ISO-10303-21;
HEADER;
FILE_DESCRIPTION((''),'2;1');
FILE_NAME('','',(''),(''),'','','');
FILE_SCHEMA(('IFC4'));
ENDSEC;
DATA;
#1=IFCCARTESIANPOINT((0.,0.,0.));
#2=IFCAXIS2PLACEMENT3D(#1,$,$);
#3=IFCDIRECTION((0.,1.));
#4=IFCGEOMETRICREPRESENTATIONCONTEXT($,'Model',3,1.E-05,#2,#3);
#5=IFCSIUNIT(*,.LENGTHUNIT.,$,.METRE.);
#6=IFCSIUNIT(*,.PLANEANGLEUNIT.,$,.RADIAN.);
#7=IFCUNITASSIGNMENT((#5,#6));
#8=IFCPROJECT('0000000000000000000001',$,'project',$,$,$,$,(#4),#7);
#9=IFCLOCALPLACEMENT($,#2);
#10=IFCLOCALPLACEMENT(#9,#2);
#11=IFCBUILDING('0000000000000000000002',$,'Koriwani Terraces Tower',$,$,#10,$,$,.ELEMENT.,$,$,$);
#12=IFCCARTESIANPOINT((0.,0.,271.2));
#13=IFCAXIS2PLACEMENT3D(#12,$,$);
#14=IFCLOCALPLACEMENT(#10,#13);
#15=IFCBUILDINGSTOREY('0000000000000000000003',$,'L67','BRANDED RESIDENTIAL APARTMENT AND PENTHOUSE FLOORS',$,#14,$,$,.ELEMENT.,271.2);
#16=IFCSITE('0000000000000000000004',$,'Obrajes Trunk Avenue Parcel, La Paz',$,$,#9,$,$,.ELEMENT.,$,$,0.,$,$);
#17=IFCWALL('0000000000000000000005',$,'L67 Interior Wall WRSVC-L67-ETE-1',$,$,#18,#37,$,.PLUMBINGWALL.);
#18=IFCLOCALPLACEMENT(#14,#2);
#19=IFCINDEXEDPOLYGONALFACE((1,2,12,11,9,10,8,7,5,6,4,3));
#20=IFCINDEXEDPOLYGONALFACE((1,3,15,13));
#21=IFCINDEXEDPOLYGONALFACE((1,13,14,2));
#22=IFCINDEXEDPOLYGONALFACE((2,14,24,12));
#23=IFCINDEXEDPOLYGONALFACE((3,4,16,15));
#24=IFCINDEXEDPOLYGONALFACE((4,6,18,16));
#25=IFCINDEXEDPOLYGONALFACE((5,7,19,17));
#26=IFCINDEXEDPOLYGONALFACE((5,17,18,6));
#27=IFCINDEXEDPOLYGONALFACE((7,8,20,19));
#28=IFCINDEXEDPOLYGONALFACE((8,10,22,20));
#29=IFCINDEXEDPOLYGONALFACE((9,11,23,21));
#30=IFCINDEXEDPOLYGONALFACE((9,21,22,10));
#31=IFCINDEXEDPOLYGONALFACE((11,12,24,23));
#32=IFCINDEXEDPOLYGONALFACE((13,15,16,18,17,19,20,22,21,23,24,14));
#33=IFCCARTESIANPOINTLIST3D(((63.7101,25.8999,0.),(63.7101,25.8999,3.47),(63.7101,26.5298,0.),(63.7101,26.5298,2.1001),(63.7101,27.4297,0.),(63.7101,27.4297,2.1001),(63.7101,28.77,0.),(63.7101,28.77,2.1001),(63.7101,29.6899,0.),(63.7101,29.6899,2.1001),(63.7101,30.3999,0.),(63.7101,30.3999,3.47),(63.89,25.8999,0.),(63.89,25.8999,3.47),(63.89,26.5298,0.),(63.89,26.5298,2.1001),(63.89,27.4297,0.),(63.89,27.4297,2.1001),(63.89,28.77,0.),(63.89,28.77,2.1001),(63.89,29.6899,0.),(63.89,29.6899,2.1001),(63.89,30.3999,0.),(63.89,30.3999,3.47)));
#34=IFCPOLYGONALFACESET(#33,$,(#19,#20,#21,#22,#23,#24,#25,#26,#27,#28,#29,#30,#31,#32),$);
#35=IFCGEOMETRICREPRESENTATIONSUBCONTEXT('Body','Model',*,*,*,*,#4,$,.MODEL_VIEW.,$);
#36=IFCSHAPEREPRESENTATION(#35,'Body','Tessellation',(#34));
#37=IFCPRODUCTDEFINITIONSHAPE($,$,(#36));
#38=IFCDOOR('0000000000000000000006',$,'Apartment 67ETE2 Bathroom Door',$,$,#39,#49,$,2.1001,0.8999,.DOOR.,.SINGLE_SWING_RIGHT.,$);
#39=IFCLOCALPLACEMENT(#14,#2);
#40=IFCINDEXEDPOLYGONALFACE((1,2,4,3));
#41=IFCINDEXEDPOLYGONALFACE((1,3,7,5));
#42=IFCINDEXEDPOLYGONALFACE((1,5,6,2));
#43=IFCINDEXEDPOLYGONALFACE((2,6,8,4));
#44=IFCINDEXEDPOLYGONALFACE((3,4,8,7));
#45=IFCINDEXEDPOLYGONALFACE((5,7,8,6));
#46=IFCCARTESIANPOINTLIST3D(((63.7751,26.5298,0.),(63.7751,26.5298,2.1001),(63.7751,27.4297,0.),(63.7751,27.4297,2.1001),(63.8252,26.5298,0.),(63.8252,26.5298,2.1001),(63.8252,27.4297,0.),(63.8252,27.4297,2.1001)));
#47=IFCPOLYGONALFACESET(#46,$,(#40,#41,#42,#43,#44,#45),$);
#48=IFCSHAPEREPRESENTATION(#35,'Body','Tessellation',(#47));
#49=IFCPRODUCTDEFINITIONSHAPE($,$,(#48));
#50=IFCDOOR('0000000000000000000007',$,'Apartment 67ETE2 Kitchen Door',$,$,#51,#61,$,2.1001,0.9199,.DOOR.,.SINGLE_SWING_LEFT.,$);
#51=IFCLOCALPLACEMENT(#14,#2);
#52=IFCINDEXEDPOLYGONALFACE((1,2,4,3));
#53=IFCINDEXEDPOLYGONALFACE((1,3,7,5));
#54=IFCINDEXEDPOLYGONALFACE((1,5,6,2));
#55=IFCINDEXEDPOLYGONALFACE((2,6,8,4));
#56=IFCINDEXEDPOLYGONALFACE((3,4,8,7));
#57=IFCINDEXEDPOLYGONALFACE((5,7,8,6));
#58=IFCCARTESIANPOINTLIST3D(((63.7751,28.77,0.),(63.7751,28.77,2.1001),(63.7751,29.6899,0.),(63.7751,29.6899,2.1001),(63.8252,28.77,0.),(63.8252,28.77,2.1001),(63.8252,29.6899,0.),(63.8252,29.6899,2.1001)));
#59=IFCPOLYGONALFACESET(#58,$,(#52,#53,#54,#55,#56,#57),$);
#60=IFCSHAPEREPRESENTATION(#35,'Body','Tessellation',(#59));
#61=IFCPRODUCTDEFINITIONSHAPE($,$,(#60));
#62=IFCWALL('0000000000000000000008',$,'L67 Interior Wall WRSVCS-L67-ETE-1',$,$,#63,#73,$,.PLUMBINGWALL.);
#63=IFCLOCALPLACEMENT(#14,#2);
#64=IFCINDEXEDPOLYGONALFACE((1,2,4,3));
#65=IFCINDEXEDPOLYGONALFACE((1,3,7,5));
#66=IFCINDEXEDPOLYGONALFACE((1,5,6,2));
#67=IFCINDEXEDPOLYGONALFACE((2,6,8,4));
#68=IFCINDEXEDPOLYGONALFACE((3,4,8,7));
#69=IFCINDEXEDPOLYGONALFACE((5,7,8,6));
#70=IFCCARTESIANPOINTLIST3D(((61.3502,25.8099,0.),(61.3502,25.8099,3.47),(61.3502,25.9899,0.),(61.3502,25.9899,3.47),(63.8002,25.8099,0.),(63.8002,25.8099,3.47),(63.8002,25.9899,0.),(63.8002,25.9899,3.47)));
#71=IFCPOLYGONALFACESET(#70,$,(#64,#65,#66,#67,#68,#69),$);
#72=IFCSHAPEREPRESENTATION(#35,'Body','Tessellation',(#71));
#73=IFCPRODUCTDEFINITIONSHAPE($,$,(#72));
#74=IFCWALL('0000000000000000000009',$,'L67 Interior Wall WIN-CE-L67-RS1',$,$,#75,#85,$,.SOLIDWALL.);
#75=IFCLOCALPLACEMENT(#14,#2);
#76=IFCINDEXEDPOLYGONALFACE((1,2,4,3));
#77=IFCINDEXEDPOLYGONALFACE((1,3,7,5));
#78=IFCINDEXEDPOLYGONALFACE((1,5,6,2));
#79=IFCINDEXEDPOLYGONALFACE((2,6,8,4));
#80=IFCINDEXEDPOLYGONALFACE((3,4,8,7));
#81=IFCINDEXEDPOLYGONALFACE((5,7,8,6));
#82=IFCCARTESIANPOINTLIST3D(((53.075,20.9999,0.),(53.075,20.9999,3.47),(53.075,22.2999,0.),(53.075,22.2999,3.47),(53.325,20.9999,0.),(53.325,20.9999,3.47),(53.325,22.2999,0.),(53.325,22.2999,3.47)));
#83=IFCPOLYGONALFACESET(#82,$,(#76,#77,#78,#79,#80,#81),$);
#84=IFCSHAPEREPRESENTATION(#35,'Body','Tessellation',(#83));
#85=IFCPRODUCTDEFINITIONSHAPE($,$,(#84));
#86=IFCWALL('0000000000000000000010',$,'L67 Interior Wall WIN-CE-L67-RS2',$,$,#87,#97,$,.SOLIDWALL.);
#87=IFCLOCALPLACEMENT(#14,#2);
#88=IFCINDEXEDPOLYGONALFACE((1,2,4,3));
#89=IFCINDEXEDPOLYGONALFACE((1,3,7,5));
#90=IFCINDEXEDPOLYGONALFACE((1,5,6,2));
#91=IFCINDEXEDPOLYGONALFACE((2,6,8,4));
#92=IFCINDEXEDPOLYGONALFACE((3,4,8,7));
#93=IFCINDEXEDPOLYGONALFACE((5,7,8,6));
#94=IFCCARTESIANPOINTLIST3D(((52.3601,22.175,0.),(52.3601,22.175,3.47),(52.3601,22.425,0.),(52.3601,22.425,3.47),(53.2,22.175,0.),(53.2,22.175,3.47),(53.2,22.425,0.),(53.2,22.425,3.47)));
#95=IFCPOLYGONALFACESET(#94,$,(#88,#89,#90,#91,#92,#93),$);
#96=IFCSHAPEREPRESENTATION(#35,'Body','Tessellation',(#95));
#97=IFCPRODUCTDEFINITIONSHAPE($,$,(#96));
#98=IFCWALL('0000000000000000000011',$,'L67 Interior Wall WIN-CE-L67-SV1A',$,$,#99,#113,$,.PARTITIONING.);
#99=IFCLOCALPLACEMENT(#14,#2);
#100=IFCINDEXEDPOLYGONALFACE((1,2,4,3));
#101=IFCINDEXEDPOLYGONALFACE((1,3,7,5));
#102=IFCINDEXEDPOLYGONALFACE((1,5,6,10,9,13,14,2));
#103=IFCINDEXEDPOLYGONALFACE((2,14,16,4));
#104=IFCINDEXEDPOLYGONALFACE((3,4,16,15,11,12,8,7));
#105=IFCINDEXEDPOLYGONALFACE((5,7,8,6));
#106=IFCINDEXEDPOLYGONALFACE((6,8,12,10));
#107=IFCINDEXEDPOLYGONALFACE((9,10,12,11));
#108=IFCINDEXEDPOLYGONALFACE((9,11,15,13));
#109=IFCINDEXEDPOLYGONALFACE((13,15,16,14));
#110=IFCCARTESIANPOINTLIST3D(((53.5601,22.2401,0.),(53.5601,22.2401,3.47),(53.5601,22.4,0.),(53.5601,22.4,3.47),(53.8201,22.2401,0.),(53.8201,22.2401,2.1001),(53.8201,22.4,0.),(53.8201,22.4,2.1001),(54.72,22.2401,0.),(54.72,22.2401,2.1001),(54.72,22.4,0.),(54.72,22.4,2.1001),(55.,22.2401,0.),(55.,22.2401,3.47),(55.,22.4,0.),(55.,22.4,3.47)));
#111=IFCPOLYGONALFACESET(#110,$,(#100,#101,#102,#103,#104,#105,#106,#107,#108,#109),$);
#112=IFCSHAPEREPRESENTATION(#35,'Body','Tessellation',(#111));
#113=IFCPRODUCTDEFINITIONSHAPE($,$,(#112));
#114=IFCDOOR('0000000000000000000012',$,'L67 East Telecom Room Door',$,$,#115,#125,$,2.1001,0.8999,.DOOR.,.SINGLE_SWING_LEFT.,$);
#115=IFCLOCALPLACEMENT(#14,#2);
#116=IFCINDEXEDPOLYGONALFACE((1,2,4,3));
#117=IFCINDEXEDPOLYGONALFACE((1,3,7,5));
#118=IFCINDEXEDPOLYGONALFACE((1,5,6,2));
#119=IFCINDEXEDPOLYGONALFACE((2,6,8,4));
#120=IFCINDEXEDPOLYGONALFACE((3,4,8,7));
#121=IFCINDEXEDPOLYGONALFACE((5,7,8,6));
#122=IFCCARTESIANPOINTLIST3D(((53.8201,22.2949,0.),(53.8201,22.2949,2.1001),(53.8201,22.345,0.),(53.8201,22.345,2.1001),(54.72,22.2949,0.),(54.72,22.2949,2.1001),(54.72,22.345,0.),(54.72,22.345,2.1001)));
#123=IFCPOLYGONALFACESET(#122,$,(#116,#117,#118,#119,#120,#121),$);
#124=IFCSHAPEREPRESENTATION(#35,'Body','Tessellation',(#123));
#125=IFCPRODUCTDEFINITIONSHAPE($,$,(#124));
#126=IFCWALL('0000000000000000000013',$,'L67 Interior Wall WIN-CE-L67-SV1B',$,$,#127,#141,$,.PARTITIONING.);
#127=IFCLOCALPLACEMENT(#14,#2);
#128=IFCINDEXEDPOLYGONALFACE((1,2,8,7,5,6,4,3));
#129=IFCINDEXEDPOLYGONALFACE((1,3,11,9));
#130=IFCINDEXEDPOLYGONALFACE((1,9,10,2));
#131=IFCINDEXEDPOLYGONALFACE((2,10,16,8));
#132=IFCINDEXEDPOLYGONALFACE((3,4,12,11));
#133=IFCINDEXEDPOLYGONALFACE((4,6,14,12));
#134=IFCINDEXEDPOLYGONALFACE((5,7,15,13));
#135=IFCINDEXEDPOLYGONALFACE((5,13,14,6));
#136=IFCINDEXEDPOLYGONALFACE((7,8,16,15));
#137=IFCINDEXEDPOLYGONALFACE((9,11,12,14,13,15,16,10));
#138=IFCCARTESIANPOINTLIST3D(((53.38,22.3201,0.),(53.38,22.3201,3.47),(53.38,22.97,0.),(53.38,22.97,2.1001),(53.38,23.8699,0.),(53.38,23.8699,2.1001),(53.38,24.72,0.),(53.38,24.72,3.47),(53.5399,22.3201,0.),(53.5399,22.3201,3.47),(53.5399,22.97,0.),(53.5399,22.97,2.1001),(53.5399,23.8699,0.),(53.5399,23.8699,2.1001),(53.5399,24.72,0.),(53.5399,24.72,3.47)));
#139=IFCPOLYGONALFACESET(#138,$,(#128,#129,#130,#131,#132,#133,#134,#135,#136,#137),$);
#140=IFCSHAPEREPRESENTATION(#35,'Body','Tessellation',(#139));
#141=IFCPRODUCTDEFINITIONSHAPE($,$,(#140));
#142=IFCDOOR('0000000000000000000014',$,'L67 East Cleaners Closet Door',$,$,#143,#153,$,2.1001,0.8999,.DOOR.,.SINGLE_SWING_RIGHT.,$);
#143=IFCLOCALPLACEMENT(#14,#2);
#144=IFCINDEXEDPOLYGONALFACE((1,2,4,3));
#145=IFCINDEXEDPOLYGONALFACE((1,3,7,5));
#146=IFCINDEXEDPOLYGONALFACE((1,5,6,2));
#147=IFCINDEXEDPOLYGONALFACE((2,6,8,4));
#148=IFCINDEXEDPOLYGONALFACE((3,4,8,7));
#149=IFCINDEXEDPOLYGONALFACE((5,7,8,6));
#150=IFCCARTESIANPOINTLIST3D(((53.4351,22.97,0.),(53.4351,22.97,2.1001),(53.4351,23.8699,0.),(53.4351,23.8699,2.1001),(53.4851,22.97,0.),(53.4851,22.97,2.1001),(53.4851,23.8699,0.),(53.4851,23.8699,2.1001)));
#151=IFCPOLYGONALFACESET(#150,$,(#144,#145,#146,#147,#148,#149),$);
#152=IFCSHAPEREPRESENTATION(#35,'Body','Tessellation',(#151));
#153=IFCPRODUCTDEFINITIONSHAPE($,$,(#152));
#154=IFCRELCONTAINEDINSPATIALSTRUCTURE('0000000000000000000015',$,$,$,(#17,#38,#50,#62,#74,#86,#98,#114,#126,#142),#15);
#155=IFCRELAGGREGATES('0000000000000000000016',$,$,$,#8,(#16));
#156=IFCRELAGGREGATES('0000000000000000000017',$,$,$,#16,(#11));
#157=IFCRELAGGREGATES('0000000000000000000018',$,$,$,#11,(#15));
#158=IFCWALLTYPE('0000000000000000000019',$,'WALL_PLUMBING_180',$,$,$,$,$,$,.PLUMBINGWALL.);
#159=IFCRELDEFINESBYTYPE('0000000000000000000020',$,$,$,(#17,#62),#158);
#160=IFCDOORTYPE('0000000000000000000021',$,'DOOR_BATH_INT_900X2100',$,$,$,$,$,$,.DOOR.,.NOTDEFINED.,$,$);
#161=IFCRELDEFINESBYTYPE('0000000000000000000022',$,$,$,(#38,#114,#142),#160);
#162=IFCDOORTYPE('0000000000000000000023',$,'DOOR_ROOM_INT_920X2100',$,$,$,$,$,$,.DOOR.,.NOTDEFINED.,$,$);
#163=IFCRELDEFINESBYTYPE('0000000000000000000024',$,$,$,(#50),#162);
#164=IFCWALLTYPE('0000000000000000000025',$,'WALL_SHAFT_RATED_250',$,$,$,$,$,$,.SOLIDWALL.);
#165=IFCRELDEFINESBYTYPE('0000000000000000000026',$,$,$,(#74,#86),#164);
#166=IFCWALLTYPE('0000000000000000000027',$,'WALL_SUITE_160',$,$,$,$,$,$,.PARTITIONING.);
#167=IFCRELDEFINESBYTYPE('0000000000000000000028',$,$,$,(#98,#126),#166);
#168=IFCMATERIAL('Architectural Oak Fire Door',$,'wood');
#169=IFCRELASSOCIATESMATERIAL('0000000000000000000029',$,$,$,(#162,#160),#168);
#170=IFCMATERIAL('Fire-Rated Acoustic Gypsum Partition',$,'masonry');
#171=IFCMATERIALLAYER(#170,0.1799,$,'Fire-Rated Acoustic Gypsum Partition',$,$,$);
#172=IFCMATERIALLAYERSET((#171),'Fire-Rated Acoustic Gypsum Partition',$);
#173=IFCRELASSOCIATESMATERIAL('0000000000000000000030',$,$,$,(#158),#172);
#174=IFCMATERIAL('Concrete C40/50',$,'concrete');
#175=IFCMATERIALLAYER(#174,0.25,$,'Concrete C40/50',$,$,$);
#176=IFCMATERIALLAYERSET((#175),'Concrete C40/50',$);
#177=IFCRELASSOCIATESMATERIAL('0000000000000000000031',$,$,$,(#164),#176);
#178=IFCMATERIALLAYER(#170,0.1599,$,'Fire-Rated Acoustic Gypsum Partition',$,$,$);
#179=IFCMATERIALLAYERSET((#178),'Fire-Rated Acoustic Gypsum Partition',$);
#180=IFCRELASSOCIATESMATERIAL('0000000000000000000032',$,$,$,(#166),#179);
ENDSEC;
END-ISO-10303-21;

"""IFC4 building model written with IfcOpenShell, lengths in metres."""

from ifc_helpers import new_model, si_unit, direction, frame, frame_2d, origin, place, context, subcontext, project, spatial, rectangle, extrude, material, layer, layer_set, type_object, element, fill, save


model = new_model("IFC4")

# Units and contexts
model_context = context("Model", 3, precision=1e-05, world=origin(), true_north=direction((0.0, 1.0)))
body_context = subcontext(model_context, "Body", "Model", "MODEL_VIEW")
ifc_project = project(units=[si_unit("LENGTHUNIT", "METRE"), si_unit("PLANEANGLEUNIT", "RADIAN")], contexts=[model_context])

# Site, building, storey
site_placement = place(None, origin())
site = spatial("IfcSite", under=ifc_project, at=site_placement, Name="Obrajes Trunk Avenue Parcel, La Paz", CompositionType="ELEMENT", RefElevation=0.0)
building_placement = place(site_placement, origin())
building = spatial("IfcBuilding", under=site, at=building_placement, Name="Koriwani Terraces Tower", CompositionType="ELEMENT")
storey_placement = place(building_placement, frame((0.0, 0.0, 271.2)))
storey = spatial("IfcBuildingStorey", under=building, at=storey_placement, Name="L67", Description="BRANDED RESIDENTIAL APARTMENT AND PENTHOUSE FLOORS", CompositionType="ELEMENT", Elevation=271.2)

# Shared definitions
ifc_material_1 = material(Name="Fire-Rated Acoustic Gypsum Partition", Category="masonry")
ifc_material_2 = material(Name="Architectural Oak Fire Door", Category="wood")
door_type_1 = type_object("IfcDoorType", Name="DOOR_ROOM_INT_920X2100", OperationType="NOTDEFINED", PredefinedType="DOOR", material=ifc_material_2)

# Wall, openings, doors
ifc_layer_1 = layer(ifc_material_1, 0.1799, Name="Fire-Rated Acoustic Gypsum Partition")
ifc_layer_set_1 = layer_set([ifc_layer_1], Name="Fire-Rated Acoustic Gypsum Partition")
wall_type_1 = type_object("IfcWallType", Name="WALL_PLUMBING_180", PredefinedType="PLUMBINGWALL", material=ifc_layer_set_1)
wall_1_placement = place(storey_placement, frame((63.8, 25.8999, 0.0), z_axis=(0.0, 0.0, 1.0), x_axis=(0.0, 1.0, 0.0)))
wall_1 = element("IfcWall", 1, at=wall_1_placement, inside=storey, type_object=wall_type_1, Name="L67 Interior Wall WRSVC-L67-ETE-1", PredefinedType="PLUMBINGWALL", context=body_context, shape_type="SweptSolid", body=[
    extrude(rectangle(XDim=4.5, YDim=0.1799, at=frame_2d((2.25, 0.0))), origin(), (0.0, 0.0, 1.0), 3.47),
])
opening_1_placement = place(wall_1_placement, frame((0.6299, 0.0, 0.0)))
opening_1 = element("IfcOpeningElement", 2, at=opening_1_placement, cuts=wall_1, PredefinedType="OPENING", context=body_context, shape_type="SweptSolid", body=[
    extrude(rectangle(XDim=0.8999, YDim=2.1001, at=frame_2d((0.45, 1.05))), frame((0.0, 0.1001, 0.0), z_axis=(0.0, -1.0, 0.0), x_axis=(1.0, 0.0, 0.0)), (0.0, 0.0, 1.0), 0.2),
])
opening_2_placement = place(wall_1_placement, frame((2.8701, 0.0, 0.0)))
opening_2 = element("IfcOpeningElement", 3, at=opening_2_placement, cuts=wall_1, PredefinedType="OPENING", context=body_context, shape_type="SweptSolid", body=[
    extrude(rectangle(XDim=0.9199, YDim=2.1001, at=frame_2d((0.46, 1.05))), frame((0.0, 0.1001, 0.0), z_axis=(0.0, -1.0, 0.0), x_axis=(1.0, 0.0, 0.0)), (0.0, 0.0, 1.0), 0.2),
])
door_type_2 = type_object("IfcDoorType", Name="DOOR_BATH_INT_900X2100", OperationType="NOTDEFINED", PredefinedType="DOOR", material=ifc_material_2)
door_1_placement = place(opening_1_placement, origin())
door_1 = element("IfcDoor", 4, at=door_1_placement, inside=storey, type_object=door_type_2, Name="Apartment 67ETE2 Bathroom Door", OperationType="SINGLE_SWING_RIGHT", OverallHeight=2.1001, OverallWidth=0.8999, PredefinedType="DOOR", context=body_context, shape_type="SweptSolid", body=[
    extrude(rectangle(XDim=0.8999, YDim=2.1001, at=frame_2d((0.45, 1.05))), frame((0.0, 0.0249, 0.0), z_axis=(0.0, -1.0, 0.0), x_axis=(1.0, 0.0, 0.0)), (0.0, 0.0, 1.0), 0.05),
])
fill(opening_1, door_1)
door_2_placement = place(opening_2_placement, origin())
door_2 = element("IfcDoor", 5, at=door_2_placement, inside=storey, type_object=door_type_1, Name="Apartment 67ETE2 Kitchen Door", OperationType="SINGLE_SWING_LEFT", OverallHeight=2.1001, OverallWidth=0.9199, PredefinedType="DOOR", context=body_context, shape_type="SweptSolid", body=[
    extrude(rectangle(XDim=0.9199, YDim=2.1001, at=frame_2d((0.46, 1.05))), frame((0.0, 0.0249, 0.0), z_axis=(0.0, -1.0, 0.0), x_axis=(1.0, 0.0, 0.0)), (0.0, 0.0, 1.0), 0.05),
])
fill(opening_2, door_2)

# Wall
wall_2_placement = place(storey_placement, frame((61.3501, 25.8999, 0.0), z_axis=(0.0, 0.0, 1.0), x_axis=(1.0, 0.0, 0.0)))
element("IfcWall", 6, at=wall_2_placement, inside=storey, type_object=wall_type_1, Name="L67 Interior Wall WRSVCS-L67-ETE-1", PredefinedType="PLUMBINGWALL", context=body_context, shape_type="SweptSolid", body=[
    extrude(rectangle(XDim=2.45, YDim=0.1799, at=frame_2d((1.2251, 0.0))), origin(), (0.0, 0.0, 1.0), 3.47),
])

# Shared definitions
ifc_material_3 = material(Name="Concrete C40/50", Category="concrete")
ifc_layer_2 = layer(ifc_material_3, 0.25, Name="Concrete C40/50")
ifc_layer_set_2 = layer_set([ifc_layer_2], Name="Concrete C40/50")
wall_type_2 = type_object("IfcWallType", Name="WALL_SHAFT_RATED_250", PredefinedType="SOLIDWALL", material=ifc_layer_set_2)

# Walls
wall_3_placement = place(storey_placement, frame((53.2, 21.0, 0.0), z_axis=(0.0, 0.0, 1.0), x_axis=(0.0, 1.0, 0.0)))
element("IfcWall", 7, at=wall_3_placement, inside=storey, type_object=wall_type_2, Name="L67 Interior Wall WIN-CE-L67-RS1", PredefinedType="SOLIDWALL", context=body_context, shape_type="SweptSolid", body=[
    extrude(rectangle(XDim=1.3, YDim=0.25, at=frame_2d((0.6499, 0.0))), origin(), (0.0, 0.0, 1.0), 3.47),
])
wall_4_placement = place(storey_placement, frame((52.3601, 22.3, 0.0), z_axis=(0.0, 0.0, 1.0), x_axis=(1.0, 0.0, 0.0)))
element("IfcWall", 8, at=wall_4_placement, inside=storey, type_object=wall_type_2, Name="L67 Interior Wall WIN-CE-L67-RS2", PredefinedType="SOLIDWALL", context=body_context, shape_type="SweptSolid", body=[
    extrude(rectangle(XDim=0.8398, YDim=0.25, at=frame_2d((0.4199, 0.0))), origin(), (0.0, 0.0, 1.0), 3.47),
])

# Walls, openings, doors
ifc_layer_3 = layer(ifc_material_1, 0.1599, Name="Fire-Rated Acoustic Gypsum Partition")
ifc_layer_set_3 = layer_set([ifc_layer_3], Name="Fire-Rated Acoustic Gypsum Partition")
wall_type_3 = type_object("IfcWallType", Name="WALL_SUITE_160", PredefinedType="PARTITIONING", material=ifc_layer_set_3)
wall_5_placement = place(storey_placement, frame((53.5601, 22.3201, 0.0), z_axis=(0.0, 0.0, 1.0), x_axis=(1.0, 0.0, 0.0)))
wall_5 = element("IfcWall", 9, at=wall_5_placement, inside=storey, type_object=wall_type_3, Name="L67 Interior Wall WIN-CE-L67-SV1A", PredefinedType="PARTITIONING", context=body_context, shape_type="SweptSolid", body=[
    extrude(rectangle(XDim=1.4399, YDim=0.1599, at=frame_2d((0.72, 0.0))), origin(), (0.0, 0.0, 1.0), 3.47),
])
opening_3_placement = place(wall_5_placement, frame((0.26, 0.0, 0.0)))
opening_3 = element("IfcOpeningElement", 10, at=opening_3_placement, cuts=wall_5, PredefinedType="OPENING", context=body_context, shape_type="SweptSolid", body=[
    extrude(rectangle(XDim=0.8999, YDim=2.1001, at=frame_2d((0.45, 1.05))), frame((0.0, 0.0898, 0.0), z_axis=(0.0, -1.0, 0.0), x_axis=(1.0, 0.0, 0.0)), (0.0, 0.0, 1.0), 0.1799),
])
door_3_placement = place(opening_3_placement, origin())
door_3 = element("IfcDoor", 11, at=door_3_placement, inside=storey, type_object=door_type_2, Name="L67 East Telecom Room Door", OperationType="SINGLE_SWING_LEFT", OverallHeight=2.1001, OverallWidth=0.8999, PredefinedType="DOOR", context=body_context, shape_type="SweptSolid", body=[
    extrude(rectangle(XDim=0.8999, YDim=2.1001, at=frame_2d((0.45, 1.05))), frame((0.0, 0.0249, 0.0), z_axis=(0.0, -1.0, 0.0), x_axis=(1.0, 0.0, 0.0)), (0.0, 0.0, 1.0), 0.05),
])
fill(opening_3, door_3)
wall_6_placement = place(storey_placement, frame((53.46, 22.3201, 0.0), z_axis=(0.0, 0.0, 1.0), x_axis=(0.0, 1.0, 0.0)))
wall_6 = element("IfcWall", 12, at=wall_6_placement, inside=storey, type_object=wall_type_3, Name="L67 Interior Wall WIN-CE-L67-SV1B", PredefinedType="PARTITIONING", context=body_context, shape_type="SweptSolid", body=[
    extrude(rectangle(XDim=2.3999, YDim=0.1599, at=frame_2d((1.2, 0.0))), origin(), (0.0, 0.0, 1.0), 3.47),
])
opening_4_placement = place(wall_6_placement, frame((0.6499, 0.0, 0.0)))
opening_4 = element("IfcOpeningElement", 13, at=opening_4_placement, cuts=wall_6, PredefinedType="OPENING", context=body_context, shape_type="SweptSolid", body=[
    extrude(rectangle(XDim=0.8999, YDim=2.1001, at=frame_2d((0.45, 1.05))), frame((0.0, 0.0898, 0.0), z_axis=(0.0, -1.0, 0.0), x_axis=(1.0, 0.0, 0.0)), (0.0, 0.0, 1.0), 0.1799),
])
door_4_placement = place(opening_4_placement, origin())
door_4 = element("IfcDoor", 14, at=door_4_placement, inside=storey, type_object=door_type_2, Name="L67 East Cleaners Closet Door", OperationType="SINGLE_SWING_RIGHT", OverallHeight=2.1001, OverallWidth=0.8999, PredefinedType="DOOR", context=body_context, shape_type="SweptSolid", body=[
    extrude(rectangle(XDim=0.8999, YDim=2.1001, at=frame_2d((0.45, 1.05))), frame((0.0, 0.0249, 0.0), z_axis=(0.0, -1.0, 0.0), x_axis=(1.0, 0.0, 0.0)), (0.0, 0.0, 1.0), 0.05),
])
fill(opening_4, door_4)

save(model, "model.ifc")
